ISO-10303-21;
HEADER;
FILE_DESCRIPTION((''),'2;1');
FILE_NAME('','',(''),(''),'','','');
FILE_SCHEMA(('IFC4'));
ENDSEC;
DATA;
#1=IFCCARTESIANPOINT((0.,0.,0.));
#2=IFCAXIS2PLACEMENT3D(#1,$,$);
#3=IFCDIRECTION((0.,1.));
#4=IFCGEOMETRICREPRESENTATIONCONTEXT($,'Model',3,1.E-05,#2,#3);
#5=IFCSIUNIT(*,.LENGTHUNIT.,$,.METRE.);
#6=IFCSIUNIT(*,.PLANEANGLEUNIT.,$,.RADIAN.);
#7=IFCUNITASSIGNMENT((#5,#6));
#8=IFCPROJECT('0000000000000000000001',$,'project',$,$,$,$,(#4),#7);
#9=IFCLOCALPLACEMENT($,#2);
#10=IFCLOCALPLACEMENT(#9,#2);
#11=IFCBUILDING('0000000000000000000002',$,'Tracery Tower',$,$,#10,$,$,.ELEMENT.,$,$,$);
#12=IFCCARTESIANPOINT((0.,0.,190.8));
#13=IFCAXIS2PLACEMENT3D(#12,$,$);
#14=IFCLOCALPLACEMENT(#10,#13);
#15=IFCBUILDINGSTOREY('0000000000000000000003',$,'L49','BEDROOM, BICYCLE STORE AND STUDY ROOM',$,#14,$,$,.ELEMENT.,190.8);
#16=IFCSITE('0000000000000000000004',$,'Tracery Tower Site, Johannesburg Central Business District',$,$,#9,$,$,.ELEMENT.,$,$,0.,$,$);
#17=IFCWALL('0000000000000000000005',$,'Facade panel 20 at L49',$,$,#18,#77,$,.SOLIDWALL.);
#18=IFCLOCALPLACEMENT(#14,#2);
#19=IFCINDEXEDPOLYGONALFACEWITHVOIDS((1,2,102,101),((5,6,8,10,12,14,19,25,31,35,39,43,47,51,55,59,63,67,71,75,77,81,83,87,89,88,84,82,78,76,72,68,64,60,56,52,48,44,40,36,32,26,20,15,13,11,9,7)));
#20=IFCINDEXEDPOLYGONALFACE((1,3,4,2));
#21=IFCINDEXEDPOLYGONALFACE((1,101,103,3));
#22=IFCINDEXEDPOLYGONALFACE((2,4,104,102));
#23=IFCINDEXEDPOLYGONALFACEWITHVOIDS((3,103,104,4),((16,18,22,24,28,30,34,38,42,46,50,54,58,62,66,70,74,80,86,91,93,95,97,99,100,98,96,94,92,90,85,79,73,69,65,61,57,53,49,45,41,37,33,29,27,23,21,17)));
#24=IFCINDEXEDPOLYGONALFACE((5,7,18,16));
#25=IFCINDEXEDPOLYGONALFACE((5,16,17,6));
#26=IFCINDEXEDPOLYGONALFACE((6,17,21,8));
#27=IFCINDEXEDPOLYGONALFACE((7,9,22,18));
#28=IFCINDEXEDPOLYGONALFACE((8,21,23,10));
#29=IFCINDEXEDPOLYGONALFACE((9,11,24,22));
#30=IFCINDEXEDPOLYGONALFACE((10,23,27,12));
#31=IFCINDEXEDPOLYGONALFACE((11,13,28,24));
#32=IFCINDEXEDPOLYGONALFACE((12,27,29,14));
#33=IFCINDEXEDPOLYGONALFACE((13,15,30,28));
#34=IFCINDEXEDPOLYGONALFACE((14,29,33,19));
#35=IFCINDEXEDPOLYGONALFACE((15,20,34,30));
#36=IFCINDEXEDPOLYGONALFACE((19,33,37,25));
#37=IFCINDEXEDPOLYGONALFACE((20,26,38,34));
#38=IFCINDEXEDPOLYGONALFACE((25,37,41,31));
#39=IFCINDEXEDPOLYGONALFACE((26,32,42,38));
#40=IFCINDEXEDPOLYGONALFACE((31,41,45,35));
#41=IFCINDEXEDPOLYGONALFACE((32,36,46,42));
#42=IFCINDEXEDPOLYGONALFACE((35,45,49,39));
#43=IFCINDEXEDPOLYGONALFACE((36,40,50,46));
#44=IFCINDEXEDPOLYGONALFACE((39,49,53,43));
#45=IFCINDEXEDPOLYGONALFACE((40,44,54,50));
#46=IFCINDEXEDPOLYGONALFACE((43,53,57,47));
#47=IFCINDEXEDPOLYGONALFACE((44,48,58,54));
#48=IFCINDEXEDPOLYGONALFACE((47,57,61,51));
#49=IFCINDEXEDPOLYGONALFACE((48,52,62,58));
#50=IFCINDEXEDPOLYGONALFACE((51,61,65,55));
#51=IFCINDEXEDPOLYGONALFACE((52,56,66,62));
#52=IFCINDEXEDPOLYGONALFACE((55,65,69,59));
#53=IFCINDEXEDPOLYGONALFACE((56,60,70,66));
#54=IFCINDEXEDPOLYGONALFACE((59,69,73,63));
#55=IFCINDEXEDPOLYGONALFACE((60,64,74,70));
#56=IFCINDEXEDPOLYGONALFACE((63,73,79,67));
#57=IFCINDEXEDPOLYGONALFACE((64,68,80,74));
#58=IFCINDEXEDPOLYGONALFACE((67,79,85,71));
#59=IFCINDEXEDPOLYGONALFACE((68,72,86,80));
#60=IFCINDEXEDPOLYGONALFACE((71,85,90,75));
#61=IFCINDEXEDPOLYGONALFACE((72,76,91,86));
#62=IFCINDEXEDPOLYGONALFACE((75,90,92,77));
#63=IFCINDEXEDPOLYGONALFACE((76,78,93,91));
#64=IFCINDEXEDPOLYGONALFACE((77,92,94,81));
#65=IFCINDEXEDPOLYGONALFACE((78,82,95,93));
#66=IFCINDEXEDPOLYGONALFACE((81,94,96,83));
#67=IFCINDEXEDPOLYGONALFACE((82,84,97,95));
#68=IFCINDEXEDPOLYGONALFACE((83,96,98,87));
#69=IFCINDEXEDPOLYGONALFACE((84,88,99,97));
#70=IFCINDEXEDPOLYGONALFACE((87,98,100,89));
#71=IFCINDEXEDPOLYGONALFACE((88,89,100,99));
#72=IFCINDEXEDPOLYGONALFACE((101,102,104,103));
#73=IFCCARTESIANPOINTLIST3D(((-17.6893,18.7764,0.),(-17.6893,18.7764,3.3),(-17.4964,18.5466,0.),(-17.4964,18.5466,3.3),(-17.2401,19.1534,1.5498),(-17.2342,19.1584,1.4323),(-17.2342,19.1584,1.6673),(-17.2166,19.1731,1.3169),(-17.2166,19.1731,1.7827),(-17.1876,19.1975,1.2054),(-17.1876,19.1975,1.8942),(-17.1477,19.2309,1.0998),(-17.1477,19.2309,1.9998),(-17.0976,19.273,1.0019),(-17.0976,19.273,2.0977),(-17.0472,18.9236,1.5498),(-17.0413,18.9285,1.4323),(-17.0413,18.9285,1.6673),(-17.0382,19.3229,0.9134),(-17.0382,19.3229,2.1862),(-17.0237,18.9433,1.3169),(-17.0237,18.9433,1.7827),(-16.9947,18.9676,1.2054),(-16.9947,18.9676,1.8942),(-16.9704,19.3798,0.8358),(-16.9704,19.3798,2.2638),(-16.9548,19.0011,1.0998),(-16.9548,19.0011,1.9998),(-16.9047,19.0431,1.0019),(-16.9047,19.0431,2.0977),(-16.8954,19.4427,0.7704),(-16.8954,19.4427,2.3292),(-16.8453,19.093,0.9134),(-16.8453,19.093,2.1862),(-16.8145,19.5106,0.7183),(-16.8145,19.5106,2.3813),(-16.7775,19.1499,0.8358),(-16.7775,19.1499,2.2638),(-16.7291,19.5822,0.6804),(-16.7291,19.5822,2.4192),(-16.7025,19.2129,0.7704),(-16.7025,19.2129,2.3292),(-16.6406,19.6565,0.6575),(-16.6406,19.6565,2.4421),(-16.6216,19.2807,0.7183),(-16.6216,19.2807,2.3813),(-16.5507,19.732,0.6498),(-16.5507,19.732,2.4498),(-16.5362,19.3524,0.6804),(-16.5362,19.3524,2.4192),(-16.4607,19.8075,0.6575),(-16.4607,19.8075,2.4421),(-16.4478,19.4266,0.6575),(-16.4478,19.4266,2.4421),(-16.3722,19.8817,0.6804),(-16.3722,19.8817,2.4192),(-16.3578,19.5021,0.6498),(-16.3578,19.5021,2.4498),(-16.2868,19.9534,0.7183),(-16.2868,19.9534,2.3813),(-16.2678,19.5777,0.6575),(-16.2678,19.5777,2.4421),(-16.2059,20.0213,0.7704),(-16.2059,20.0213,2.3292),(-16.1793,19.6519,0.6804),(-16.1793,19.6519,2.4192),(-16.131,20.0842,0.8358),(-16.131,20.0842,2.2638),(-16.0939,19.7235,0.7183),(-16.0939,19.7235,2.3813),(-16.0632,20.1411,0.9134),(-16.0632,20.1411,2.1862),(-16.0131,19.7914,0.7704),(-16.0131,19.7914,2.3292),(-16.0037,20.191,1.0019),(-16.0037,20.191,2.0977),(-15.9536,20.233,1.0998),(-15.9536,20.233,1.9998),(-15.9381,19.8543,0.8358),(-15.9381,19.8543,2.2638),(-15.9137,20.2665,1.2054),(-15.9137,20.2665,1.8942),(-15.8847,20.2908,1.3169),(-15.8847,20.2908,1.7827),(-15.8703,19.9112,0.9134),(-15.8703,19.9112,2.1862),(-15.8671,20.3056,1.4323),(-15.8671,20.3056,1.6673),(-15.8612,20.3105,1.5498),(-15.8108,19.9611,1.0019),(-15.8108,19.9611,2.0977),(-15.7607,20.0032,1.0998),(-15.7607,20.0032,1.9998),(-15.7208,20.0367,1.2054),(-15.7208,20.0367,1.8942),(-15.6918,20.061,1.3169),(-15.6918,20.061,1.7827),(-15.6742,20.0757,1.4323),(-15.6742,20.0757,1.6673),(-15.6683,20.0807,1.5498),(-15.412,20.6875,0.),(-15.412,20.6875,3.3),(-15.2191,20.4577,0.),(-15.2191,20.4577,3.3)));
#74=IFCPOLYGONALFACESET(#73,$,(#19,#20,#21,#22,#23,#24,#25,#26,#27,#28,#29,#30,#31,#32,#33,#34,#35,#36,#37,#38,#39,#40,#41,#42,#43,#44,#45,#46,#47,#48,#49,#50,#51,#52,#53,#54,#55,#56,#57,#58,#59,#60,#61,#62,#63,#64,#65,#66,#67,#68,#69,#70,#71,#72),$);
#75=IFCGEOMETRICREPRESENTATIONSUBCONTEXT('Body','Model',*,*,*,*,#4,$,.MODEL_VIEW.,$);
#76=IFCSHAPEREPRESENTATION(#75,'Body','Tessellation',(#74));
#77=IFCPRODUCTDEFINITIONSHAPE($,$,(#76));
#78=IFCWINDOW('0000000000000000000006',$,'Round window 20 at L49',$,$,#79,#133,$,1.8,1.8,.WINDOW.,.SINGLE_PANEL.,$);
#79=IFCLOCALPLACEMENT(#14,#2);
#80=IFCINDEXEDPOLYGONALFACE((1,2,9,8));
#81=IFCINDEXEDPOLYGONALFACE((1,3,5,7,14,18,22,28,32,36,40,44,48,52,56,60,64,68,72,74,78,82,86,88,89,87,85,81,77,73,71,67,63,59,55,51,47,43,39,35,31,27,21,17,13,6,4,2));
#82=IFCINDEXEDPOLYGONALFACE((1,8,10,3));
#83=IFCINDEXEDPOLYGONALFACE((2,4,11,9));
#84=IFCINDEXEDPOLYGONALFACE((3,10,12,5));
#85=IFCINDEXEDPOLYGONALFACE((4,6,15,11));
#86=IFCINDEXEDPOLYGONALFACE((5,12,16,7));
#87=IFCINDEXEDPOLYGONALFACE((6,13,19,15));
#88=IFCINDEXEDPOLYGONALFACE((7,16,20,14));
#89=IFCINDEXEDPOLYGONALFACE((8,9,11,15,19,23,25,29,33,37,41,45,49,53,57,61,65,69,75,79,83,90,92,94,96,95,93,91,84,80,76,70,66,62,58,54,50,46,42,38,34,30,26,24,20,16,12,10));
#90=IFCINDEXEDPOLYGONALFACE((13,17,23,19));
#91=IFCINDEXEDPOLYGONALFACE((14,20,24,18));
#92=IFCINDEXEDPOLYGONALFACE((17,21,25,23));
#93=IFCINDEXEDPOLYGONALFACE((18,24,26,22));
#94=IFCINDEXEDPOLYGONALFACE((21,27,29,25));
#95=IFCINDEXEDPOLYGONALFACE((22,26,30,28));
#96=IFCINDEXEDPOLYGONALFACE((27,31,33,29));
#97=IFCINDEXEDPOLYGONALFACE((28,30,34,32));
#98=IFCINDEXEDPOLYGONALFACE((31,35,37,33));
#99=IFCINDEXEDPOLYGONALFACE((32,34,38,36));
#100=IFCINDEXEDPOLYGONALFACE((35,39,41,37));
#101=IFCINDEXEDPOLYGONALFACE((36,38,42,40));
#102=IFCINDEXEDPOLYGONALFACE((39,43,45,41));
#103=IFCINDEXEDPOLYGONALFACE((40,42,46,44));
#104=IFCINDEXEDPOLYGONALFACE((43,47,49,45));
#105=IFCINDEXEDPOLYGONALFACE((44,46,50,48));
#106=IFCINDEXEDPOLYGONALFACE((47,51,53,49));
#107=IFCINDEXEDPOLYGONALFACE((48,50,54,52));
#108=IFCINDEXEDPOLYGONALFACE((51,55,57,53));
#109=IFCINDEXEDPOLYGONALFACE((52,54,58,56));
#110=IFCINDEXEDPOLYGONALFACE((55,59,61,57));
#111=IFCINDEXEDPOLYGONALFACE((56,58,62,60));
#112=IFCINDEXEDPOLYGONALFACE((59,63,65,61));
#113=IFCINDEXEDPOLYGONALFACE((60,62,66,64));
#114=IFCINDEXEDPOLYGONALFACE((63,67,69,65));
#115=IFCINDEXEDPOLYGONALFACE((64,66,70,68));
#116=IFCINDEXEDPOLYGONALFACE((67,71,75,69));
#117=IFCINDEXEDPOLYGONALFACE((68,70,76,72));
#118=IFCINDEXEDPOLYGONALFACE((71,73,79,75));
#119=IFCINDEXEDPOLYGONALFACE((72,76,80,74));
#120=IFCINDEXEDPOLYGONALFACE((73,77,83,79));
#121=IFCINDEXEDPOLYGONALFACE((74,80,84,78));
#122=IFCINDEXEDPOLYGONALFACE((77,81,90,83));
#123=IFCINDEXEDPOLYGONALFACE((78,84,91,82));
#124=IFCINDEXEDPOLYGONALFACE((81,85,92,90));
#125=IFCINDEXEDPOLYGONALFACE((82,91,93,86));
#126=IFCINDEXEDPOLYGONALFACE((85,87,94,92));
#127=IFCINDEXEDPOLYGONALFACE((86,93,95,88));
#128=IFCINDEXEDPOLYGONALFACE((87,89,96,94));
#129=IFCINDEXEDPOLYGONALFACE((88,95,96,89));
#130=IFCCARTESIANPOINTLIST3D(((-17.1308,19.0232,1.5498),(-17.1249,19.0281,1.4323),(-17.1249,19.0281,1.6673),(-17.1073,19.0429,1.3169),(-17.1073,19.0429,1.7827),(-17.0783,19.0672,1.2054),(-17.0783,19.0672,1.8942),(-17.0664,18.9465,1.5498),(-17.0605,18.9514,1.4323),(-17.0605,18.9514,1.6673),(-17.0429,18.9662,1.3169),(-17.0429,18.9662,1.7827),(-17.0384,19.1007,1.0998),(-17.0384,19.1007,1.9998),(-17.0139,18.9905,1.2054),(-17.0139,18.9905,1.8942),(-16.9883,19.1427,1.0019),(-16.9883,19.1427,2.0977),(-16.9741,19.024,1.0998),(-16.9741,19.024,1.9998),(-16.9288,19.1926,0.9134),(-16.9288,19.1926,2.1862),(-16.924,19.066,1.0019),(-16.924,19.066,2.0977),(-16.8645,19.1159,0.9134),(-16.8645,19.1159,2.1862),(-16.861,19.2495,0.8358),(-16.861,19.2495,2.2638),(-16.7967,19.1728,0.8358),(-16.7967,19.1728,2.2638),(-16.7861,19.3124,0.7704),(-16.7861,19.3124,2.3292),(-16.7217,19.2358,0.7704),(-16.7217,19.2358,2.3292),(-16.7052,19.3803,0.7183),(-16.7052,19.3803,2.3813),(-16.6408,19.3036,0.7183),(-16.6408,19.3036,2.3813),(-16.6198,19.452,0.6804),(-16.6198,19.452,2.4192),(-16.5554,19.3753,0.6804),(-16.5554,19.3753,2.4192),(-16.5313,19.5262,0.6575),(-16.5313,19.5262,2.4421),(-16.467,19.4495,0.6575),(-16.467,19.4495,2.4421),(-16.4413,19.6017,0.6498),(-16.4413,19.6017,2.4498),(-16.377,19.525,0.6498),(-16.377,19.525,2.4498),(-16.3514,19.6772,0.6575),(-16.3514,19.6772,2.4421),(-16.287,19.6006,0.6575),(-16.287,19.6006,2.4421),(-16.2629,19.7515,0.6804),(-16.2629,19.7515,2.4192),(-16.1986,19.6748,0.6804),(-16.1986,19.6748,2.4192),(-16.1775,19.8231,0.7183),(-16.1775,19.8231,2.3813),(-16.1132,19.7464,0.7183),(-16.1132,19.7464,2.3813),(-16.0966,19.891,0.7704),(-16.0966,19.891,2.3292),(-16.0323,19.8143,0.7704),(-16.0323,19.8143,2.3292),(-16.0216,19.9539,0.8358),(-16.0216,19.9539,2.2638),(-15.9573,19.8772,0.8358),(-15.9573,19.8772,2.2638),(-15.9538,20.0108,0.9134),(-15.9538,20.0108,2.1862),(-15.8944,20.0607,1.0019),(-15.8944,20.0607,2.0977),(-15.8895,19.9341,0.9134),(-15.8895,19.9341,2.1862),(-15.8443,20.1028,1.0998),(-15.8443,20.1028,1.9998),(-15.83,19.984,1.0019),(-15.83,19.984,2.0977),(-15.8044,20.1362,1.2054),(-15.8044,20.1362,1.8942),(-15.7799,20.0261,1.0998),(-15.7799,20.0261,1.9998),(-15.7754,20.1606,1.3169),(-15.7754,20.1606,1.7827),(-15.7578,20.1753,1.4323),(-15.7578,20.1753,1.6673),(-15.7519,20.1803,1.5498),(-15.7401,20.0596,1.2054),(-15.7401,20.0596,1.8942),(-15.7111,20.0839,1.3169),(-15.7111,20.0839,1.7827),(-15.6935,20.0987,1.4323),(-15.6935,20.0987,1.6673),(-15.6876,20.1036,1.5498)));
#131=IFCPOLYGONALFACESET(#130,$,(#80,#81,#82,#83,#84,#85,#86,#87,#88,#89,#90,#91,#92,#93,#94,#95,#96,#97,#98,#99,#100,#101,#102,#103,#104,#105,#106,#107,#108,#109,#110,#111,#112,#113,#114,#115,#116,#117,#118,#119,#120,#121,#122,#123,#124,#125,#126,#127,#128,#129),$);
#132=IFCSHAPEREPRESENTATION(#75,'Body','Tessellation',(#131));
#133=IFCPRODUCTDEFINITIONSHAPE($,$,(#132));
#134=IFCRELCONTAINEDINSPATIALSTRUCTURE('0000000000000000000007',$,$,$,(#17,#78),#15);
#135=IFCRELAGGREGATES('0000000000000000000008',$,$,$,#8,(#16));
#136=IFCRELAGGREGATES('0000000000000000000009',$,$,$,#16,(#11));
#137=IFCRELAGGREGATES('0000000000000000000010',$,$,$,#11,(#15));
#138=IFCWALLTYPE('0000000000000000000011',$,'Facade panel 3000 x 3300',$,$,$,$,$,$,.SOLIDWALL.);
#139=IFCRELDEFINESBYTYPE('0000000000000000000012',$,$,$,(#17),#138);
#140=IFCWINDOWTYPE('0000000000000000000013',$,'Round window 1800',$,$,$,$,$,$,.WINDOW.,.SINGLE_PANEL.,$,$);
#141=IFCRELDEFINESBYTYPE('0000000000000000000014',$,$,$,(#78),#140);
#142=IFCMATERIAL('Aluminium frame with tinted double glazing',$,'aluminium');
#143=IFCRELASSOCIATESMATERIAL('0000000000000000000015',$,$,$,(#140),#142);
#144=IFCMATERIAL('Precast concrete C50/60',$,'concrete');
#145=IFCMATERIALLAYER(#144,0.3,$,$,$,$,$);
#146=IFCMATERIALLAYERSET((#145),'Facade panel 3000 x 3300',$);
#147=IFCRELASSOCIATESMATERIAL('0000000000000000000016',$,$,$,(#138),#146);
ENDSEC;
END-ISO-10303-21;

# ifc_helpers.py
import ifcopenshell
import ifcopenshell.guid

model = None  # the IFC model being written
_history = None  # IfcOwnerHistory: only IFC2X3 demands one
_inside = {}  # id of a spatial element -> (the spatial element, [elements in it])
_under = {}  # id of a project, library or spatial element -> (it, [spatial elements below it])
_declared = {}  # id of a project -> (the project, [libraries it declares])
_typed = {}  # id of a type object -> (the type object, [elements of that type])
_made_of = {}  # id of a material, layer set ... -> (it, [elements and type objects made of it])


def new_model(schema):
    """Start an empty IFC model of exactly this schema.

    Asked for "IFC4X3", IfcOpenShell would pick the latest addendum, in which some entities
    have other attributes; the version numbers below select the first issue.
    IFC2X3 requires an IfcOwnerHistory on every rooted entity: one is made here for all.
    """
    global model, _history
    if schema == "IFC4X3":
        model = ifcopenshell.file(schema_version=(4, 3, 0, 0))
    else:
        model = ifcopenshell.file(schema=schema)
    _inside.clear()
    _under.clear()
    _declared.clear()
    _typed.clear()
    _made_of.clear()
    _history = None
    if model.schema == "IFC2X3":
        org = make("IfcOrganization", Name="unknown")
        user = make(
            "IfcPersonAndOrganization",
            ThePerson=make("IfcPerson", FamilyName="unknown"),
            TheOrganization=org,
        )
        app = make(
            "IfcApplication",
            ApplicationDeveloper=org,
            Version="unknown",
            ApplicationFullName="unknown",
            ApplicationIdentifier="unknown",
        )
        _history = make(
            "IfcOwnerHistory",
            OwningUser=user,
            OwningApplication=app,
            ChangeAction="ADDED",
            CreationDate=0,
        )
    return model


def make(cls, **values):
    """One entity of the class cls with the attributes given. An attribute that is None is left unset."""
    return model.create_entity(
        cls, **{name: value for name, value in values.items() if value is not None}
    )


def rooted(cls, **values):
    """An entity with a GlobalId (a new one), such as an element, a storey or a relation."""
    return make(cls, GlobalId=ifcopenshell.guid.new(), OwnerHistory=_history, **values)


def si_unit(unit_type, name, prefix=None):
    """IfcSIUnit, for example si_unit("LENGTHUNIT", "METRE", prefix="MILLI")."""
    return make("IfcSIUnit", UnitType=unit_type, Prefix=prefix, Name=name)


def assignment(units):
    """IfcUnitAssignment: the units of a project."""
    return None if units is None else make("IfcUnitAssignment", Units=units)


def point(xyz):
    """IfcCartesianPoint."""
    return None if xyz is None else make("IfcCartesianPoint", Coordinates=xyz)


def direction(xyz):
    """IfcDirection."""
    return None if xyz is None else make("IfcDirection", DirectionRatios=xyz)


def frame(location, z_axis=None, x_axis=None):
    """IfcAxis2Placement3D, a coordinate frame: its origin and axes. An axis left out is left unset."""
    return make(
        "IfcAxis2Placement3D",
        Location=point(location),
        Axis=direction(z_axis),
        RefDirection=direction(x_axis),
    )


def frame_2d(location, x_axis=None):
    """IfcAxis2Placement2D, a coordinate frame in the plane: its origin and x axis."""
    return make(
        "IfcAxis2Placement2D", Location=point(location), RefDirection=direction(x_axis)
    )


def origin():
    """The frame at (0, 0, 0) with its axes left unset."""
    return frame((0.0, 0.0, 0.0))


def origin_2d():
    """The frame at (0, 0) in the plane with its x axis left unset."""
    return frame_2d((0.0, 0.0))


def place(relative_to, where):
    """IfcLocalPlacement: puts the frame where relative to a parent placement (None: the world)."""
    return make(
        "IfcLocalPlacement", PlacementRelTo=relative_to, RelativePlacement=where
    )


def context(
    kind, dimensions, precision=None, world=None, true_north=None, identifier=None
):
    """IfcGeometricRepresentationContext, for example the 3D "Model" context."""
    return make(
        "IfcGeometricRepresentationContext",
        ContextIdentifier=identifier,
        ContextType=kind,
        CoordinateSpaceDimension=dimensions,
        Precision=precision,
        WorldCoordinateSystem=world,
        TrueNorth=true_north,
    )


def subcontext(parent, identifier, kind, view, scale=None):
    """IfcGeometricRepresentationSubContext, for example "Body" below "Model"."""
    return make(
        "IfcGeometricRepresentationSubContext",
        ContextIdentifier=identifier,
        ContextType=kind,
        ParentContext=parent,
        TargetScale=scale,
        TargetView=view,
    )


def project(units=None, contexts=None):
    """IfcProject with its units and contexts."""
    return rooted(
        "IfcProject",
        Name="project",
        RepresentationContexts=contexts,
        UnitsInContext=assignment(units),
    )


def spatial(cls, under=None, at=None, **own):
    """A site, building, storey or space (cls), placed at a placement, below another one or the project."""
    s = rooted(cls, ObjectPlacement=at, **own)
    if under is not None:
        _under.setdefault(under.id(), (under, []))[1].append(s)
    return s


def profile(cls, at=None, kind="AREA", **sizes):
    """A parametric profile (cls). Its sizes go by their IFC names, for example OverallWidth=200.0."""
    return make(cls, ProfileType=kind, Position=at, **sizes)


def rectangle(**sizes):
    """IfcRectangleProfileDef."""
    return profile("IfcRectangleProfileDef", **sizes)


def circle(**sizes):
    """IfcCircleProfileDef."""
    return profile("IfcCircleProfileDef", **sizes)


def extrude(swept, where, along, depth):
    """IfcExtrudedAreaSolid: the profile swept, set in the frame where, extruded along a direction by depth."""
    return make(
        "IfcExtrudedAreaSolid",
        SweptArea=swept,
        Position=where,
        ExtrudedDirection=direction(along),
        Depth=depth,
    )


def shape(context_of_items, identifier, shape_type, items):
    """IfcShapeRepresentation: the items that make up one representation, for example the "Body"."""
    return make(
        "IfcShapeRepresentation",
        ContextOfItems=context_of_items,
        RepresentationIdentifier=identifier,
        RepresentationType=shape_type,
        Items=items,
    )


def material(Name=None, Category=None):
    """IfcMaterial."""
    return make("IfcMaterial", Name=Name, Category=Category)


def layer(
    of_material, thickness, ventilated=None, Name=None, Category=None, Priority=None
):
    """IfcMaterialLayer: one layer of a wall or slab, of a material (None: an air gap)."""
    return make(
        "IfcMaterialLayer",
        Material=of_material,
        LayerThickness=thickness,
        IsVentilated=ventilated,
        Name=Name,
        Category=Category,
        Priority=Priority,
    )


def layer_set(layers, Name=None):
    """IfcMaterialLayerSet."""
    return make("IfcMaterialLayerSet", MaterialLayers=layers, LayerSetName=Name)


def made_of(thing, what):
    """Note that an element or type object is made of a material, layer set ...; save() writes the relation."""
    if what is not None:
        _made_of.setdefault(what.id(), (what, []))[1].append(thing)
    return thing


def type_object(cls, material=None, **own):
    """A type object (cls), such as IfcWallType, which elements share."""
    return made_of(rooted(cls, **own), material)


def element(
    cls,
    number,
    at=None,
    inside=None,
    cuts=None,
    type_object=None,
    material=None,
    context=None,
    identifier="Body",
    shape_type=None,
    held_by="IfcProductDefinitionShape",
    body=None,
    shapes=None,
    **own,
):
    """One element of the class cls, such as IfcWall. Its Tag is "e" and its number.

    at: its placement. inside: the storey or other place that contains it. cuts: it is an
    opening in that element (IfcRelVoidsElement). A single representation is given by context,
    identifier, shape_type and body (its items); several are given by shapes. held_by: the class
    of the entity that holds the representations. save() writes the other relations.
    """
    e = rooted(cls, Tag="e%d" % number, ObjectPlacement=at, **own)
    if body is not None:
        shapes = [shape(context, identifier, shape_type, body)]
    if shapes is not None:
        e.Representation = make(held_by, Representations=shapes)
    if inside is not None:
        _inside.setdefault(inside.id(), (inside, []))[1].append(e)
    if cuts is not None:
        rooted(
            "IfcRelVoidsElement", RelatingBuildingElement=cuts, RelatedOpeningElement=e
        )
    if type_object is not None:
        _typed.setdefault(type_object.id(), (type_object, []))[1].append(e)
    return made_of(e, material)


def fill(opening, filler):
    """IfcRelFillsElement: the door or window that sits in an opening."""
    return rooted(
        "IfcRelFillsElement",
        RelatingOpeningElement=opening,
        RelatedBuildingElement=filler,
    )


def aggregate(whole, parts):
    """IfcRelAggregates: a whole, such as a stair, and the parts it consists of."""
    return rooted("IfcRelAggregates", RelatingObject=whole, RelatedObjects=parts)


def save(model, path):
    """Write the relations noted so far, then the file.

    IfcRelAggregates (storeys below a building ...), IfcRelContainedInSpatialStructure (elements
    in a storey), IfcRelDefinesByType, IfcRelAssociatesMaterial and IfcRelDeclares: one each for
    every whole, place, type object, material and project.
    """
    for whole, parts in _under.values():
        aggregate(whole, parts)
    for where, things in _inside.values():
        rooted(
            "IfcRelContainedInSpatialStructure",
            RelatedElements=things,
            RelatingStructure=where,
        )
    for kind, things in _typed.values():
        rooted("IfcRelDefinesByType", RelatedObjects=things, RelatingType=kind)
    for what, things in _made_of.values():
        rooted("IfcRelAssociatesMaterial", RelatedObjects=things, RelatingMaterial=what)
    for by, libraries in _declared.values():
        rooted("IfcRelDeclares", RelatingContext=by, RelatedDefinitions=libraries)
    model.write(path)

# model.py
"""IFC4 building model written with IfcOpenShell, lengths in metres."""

from ifc_helpers import new_model, si_unit, direction, frame, frame_2d, origin, origin_2d, place, context, subcontext, project, spatial, rectangle, circle, extrude, material, layer, layer_set, type_object, element, fill, save


model = new_model("IFC4")

# Units and contexts
model_context = context("Model", 3, precision=1e-05, world=origin(), true_north=direction((0.0, 1.0)))
body_context = subcontext(model_context, "Body", "Model", "MODEL_VIEW")
ifc_project = project(units=[si_unit("LENGTHUNIT", "METRE"), si_unit("PLANEANGLEUNIT", "RADIAN")], contexts=[model_context])

# Site, building, storey
site_placement = place(None, origin())
site = spatial("IfcSite", under=ifc_project, at=site_placement, Name="Tracery Tower Site, Johannesburg Central Business District", CompositionType="ELEMENT", RefElevation=0.0)
building_placement = place(site_placement, origin())
building = spatial("IfcBuilding", under=site, at=building_placement, Name="Tracery Tower", CompositionType="ELEMENT")
storey_placement = place(building_placement, frame((0.0, 0.0, 190.8)))
storey = spatial("IfcBuildingStorey", under=building, at=storey_placement, Name="L49", Description="BEDROOM, BICYCLE STORE AND STUDY ROOM", CompositionType="ELEMENT", Elevation=190.8)

# Wall, opening, window
ifc_material_1 = material(Name="Aluminium frame with tinted double glazing", Category="aluminium")
window_type = type_object("IfcWindowType", Name="Round window 1800", PartitioningType="SINGLE_PANEL", PredefinedType="WINDOW", material=ifc_material_1)
ifc_material_2 = material(Name="Precast concrete C50/60", Category="concrete")
ifc_layer_1 = layer(ifc_material_2, 0.3)
ifc_layer_set_1 = layer_set([ifc_layer_1], Name="Facade panel 3000 x 3300")
wall_type_1 = type_object("IfcWallType", Name="Facade panel 3000 x 3300", PredefinedType="SOLIDWALL", material=ifc_layer_set_1)
wall_1_placement = place(storey_placement, frame((-15.3157, 20.5725, 0.0), z_axis=(0.0, 0.0, 1.0), x_axis=(-0.766009, -0.64283, 0.0)))
wall_1 = element("IfcWall", 1, at=wall_1_placement, inside=storey, type_object=wall_type_1, Name="Facade panel 20 at L49", PredefinedType="SOLIDWALL", context=body_context, shape_type="SweptSolid", body=[
    extrude(rectangle(XDim=2.9729, YDim=0.3, at=frame_2d((1.4863, 0.0))), origin(), (0.0, 0.0, 1.0), 3.3),
])
opening_1_placement = place(wall_1_placement, frame((1.4863, 0.0, 1.5498)))
opening_1 = element("IfcOpeningElement", 2, at=opening_1_placement, cuts=wall_1, PredefinedType="OPENING", context=body_context, shape_type="SweptSolid", body=[
    extrude(circle(Radius=0.9, at=origin_2d()), frame((0.0, 0.1599, 0.0), z_axis=(0.0, -1.0, 0.0), x_axis=(1.0, 0.0, 0.0)), (0.0, 0.0, 1.0), 0.3201),
])
window_1_placement = place(opening_1_placement, origin())
window_1 = element("IfcWindow", 3, at=window_1_placement, inside=storey, type_object=window_type, Name="Round window 20 at L49", OverallHeight=1.8, OverallWidth=1.8, PartitioningType="SINGLE_PANEL", PredefinedType="WINDOW", context=body_context, shape_type="SweptSolid", body=[
    extrude(circle(Radius=0.9, at=origin_2d()), frame((0.0, 0.1201, 0.0), z_axis=(0.0, -1.0, 0.0), x_axis=(1.0, 0.0, 0.0)), (0.0, 0.0, 1.0), 0.1001),
])
fill(opening_1, window_1)

save(model, "model.ifc")
